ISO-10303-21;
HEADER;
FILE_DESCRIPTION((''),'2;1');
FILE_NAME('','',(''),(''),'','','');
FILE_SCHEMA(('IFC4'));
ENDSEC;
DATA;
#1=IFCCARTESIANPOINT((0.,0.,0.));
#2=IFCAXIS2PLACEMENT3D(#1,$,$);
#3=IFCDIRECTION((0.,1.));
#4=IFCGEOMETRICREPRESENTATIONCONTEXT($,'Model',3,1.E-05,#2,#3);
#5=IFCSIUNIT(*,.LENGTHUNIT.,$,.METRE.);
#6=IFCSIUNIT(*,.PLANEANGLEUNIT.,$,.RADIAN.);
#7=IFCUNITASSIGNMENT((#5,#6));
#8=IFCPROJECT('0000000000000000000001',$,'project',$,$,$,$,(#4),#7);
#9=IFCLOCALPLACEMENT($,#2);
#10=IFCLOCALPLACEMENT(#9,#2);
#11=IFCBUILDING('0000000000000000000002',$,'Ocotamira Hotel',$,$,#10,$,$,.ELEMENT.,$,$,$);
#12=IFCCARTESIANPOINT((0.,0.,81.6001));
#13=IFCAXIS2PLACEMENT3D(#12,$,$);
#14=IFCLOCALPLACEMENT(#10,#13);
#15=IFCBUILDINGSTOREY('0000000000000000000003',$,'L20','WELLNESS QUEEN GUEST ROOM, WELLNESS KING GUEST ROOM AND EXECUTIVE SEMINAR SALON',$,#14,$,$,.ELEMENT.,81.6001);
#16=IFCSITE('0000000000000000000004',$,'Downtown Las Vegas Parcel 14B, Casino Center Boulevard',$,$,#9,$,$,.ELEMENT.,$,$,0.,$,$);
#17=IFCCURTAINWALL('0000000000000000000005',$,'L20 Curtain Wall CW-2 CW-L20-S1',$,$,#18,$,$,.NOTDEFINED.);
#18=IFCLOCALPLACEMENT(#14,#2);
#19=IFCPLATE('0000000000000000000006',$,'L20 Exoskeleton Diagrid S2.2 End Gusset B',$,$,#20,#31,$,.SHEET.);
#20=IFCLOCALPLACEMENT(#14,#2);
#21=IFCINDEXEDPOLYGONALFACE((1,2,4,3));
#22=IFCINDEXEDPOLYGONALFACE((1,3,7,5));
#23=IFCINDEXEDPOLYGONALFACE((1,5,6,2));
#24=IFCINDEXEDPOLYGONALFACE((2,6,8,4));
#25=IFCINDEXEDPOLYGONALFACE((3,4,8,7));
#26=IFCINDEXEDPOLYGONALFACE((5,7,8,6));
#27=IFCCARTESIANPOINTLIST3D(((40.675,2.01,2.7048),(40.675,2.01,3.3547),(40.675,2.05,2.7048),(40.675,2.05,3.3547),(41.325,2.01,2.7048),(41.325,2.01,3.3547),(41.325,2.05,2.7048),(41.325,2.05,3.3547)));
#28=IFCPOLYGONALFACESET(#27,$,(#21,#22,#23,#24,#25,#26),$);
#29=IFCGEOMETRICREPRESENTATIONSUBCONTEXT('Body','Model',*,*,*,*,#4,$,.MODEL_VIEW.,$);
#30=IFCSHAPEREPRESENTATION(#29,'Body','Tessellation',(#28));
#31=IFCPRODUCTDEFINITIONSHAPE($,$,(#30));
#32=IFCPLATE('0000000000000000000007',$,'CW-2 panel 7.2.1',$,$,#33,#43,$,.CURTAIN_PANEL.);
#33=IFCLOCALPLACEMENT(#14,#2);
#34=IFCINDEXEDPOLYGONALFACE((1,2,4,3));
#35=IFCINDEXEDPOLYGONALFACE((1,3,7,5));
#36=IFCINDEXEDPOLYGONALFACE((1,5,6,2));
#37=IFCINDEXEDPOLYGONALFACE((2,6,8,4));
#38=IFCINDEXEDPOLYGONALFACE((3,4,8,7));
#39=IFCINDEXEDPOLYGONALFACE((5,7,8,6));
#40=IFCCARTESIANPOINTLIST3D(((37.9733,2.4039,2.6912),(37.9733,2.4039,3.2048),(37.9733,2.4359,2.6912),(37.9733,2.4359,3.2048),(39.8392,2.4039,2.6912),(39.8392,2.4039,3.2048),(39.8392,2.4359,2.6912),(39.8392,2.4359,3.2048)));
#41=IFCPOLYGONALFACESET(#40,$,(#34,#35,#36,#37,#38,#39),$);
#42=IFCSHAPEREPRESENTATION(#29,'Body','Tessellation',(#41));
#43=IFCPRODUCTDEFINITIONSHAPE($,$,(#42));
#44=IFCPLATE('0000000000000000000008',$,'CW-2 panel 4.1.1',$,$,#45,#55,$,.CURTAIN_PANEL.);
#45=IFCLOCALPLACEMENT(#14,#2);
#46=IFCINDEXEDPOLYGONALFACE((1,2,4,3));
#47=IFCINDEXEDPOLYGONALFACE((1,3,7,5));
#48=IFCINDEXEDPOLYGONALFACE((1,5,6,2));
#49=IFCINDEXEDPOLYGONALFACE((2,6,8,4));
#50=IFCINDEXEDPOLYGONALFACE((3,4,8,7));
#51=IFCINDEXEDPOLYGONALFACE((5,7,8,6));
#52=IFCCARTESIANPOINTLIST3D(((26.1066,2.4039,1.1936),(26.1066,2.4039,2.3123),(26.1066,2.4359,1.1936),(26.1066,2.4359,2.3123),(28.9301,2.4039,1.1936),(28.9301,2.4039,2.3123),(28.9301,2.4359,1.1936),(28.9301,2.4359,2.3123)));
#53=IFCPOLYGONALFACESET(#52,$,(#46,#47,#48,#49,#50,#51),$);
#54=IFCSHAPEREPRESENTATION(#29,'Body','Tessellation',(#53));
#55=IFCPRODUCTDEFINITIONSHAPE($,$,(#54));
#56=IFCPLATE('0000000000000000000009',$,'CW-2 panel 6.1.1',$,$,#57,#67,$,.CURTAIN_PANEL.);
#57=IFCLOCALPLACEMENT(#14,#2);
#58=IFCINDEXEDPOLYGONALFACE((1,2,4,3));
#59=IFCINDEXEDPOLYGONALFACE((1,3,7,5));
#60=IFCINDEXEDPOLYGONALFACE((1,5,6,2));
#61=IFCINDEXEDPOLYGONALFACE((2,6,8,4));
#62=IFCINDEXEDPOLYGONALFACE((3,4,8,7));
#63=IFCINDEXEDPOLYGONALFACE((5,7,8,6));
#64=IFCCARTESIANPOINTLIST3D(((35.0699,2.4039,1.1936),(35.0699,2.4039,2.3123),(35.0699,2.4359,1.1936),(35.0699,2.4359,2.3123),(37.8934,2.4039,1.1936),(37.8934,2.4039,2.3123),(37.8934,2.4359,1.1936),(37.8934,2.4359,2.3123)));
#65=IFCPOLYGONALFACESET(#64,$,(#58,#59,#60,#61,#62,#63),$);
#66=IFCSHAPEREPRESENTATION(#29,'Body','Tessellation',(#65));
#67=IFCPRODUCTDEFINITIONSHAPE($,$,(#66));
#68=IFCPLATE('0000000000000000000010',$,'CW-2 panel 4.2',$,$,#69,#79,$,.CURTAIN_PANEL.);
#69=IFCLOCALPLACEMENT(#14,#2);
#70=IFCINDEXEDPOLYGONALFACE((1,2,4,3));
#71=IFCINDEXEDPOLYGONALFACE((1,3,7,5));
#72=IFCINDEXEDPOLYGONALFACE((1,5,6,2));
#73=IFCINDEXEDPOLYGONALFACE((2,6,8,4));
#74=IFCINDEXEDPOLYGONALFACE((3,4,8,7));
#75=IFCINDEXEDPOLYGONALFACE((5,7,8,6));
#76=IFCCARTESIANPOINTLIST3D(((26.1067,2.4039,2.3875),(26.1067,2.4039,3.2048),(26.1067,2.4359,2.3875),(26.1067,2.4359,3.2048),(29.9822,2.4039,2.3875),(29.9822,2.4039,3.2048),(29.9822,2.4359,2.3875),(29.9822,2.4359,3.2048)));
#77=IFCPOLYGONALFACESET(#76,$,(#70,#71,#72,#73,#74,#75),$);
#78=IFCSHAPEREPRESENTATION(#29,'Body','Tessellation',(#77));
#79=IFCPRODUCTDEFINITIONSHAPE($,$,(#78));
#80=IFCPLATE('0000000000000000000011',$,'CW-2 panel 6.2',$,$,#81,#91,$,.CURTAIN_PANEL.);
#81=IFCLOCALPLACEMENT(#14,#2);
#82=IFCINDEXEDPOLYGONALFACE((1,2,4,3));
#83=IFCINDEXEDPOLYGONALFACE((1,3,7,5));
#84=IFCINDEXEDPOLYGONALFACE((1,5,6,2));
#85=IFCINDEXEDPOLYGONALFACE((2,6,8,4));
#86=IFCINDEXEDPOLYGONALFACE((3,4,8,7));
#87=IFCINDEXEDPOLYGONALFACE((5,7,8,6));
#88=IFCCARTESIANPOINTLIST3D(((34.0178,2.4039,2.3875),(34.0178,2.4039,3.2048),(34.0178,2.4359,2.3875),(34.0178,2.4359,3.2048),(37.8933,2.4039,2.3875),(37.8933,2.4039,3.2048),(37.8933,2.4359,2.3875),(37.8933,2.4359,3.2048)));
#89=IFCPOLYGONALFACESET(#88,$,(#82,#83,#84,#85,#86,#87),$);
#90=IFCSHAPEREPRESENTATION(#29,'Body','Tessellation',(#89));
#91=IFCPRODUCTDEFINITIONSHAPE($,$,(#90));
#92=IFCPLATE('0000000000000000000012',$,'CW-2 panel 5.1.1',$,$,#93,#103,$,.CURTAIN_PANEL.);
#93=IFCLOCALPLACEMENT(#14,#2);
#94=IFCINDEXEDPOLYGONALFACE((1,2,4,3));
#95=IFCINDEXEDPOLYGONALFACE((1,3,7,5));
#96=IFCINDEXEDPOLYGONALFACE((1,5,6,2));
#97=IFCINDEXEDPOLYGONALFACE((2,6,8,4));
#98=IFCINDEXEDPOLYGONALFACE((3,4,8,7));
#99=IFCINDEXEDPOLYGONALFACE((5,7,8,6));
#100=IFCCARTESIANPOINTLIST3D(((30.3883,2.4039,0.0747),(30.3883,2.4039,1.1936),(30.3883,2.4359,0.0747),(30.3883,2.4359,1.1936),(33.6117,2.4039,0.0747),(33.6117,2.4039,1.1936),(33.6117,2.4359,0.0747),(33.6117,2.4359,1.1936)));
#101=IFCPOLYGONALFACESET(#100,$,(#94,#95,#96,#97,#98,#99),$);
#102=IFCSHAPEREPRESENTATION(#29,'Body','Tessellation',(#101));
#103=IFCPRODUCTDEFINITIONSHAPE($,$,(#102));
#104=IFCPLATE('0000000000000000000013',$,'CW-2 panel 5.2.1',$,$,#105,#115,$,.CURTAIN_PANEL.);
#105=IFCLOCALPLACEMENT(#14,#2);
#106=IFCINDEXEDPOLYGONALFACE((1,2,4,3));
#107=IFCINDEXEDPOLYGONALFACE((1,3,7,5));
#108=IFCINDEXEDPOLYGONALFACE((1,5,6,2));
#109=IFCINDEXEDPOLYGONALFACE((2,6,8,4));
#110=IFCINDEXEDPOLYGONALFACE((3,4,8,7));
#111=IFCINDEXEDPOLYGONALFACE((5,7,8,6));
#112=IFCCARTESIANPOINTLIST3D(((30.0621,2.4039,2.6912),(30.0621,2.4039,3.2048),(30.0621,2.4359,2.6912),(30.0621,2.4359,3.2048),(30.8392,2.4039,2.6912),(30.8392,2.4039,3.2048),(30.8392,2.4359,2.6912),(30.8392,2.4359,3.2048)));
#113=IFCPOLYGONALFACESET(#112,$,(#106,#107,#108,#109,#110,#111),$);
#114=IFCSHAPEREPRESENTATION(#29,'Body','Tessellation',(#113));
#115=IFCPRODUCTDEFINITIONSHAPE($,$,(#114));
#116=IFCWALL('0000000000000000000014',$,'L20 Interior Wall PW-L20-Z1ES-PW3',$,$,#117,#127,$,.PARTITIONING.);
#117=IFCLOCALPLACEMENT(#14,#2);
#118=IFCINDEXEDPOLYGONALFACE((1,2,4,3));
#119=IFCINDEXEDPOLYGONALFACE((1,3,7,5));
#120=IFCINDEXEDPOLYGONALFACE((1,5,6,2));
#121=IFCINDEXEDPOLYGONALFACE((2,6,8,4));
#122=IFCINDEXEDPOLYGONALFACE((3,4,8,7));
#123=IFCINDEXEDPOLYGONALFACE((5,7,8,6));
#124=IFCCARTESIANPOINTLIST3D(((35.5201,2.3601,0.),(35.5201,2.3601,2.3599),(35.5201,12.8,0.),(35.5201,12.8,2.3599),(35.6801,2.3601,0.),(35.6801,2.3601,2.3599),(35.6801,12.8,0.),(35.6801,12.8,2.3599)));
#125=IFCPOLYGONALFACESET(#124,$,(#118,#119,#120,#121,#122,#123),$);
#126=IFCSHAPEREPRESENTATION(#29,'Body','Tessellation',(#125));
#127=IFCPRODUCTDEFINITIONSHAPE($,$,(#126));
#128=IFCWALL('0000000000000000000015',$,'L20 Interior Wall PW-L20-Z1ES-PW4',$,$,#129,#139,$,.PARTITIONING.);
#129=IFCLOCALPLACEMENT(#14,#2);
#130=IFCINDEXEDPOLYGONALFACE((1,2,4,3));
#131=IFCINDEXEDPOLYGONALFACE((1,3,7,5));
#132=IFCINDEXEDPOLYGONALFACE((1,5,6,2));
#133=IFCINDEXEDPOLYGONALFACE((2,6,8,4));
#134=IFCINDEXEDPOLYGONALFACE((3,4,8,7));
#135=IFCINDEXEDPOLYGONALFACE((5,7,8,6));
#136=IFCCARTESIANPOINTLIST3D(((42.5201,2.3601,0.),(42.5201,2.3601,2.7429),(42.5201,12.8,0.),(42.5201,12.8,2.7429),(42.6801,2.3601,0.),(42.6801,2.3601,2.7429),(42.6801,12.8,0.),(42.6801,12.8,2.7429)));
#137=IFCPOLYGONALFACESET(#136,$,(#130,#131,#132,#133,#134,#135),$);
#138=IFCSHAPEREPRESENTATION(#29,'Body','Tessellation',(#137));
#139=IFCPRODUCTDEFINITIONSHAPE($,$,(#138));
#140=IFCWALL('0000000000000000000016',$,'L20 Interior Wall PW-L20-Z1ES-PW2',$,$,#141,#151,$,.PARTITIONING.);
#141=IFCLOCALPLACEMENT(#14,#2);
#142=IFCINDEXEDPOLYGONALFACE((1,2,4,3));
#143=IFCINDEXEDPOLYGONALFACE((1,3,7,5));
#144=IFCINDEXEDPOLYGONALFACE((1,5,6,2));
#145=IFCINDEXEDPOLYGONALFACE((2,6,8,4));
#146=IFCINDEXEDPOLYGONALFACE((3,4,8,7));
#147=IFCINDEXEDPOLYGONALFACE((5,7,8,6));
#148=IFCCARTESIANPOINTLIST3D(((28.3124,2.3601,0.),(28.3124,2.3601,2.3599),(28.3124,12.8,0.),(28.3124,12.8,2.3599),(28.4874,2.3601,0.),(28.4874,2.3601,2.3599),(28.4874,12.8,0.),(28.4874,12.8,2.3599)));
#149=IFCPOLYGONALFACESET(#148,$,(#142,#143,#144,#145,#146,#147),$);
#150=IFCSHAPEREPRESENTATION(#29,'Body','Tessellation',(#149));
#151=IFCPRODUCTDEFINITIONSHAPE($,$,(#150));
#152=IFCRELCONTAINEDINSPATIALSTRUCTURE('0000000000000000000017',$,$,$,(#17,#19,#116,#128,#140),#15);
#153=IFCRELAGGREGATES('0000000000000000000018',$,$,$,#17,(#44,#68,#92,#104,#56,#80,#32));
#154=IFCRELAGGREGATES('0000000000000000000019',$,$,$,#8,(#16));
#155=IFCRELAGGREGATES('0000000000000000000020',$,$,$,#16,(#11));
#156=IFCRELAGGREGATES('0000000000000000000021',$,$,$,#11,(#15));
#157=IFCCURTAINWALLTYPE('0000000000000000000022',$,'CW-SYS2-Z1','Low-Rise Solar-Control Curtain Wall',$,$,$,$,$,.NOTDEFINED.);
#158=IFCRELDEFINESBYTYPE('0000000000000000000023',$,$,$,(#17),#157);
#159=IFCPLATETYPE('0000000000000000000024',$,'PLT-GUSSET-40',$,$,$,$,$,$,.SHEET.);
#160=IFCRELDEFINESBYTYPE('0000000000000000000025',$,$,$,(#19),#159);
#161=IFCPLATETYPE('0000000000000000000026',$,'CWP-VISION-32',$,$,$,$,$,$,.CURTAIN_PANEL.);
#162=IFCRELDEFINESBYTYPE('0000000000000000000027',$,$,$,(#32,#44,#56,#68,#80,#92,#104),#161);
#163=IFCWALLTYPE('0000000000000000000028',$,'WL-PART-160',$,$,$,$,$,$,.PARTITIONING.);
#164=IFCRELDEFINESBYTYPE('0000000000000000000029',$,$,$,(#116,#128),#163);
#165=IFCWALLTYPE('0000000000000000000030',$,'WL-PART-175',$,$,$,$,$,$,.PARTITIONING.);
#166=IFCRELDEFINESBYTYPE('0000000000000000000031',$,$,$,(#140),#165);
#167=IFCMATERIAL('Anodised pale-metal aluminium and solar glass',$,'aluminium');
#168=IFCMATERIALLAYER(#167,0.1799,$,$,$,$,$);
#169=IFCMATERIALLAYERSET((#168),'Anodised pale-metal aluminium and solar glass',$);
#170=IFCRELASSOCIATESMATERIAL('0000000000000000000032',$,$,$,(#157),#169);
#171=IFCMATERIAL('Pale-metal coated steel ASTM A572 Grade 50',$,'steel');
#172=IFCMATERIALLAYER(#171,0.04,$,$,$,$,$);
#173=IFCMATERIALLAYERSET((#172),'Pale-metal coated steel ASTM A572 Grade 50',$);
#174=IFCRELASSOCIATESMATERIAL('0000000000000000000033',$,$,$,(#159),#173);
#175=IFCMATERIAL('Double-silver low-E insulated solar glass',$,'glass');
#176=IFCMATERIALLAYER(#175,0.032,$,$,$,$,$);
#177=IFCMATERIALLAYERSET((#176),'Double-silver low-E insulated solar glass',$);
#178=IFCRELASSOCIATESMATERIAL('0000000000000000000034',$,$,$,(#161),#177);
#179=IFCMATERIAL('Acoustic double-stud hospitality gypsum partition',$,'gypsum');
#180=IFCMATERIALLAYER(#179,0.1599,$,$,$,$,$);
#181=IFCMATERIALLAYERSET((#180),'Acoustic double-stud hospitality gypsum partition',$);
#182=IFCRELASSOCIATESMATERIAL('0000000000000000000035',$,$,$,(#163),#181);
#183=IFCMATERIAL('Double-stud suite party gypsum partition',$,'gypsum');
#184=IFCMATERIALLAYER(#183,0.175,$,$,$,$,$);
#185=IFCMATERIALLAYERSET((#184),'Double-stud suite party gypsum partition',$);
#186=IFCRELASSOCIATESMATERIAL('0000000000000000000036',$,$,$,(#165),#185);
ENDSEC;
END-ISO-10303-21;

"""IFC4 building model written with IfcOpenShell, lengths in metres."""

from ifc_helpers import new_model, si_unit, direction, frame, frame_2d, origin, origin_2d, place, context, subcontext, project, spatial, rectangle, extrude, source, transform, mapped, material, layer, layer_set, type_object, element, aggregate, save


model = new_model("IFC4")

# Units and contexts
model_context = context("Model", 3, precision=1e-05, world=origin(), true_north=direction((0.0, 1.0)))
body_context = subcontext(model_context, "Body", "Model", "MODEL_VIEW")
ifc_project = project(units=[si_unit("LENGTHUNIT", "METRE"), si_unit("PLANEANGLEUNIT", "RADIAN")], contexts=[model_context])

# Site, building, storey
site_placement = place(None, origin())
site = spatial("IfcSite", under=ifc_project, at=site_placement, Name="Downtown Las Vegas Parcel 14B, Casino Center Boulevard", CompositionType="ELEMENT", RefElevation=0.0)
building_placement = place(site_placement, origin())
building = spatial("IfcBuilding", under=site, at=building_placement, Name="Ocotamira Hotel", CompositionType="ELEMENT")
storey_placement = place(building_placement, frame((0.0, 0.0, 81.6001)))
storey = spatial("IfcBuildingStorey", under=building, at=storey_placement, Name="L20", Description="WELLNESS QUEEN GUEST ROOM, WELLNESS KING GUEST ROOM AND EXECUTIVE SEMINAR SALON", CompositionType="ELEMENT", Elevation=81.6001)

# Curtain wall
ifc_material_1 = material(Name="Anodised pale-metal aluminium and solar glass", Category="aluminium")
ifc_layer_1 = layer(ifc_material_1, 0.1799)
ifc_layer_set_1 = layer_set([ifc_layer_1], Name="Anodised pale-metal aluminium and solar glass")
curtain_wall_type = type_object("IfcCurtainWallType", Name="CW-SYS2-Z1", Description="Low-Rise Solar-Control Curtain Wall", PredefinedType="NOTDEFINED", material=ifc_layer_set_1)
curtain_wall_placement = place(storey_placement, origin())
curtain_wall = element("IfcCurtainWall", 1, at=curtain_wall_placement, inside=storey, type_object=curtain_wall_type, Name="L20 Curtain Wall CW-2 CW-L20-S1", PredefinedType="NOTDEFINED")

# Plate
ifc_material_2 = material(Name="Pale-metal coated steel ASTM A572 Grade 50", Category="steel")
ifc_layer_2 = layer(ifc_material_2, 0.04)
ifc_layer_set_2 = layer_set([ifc_layer_2], Name="Pale-metal coated steel ASTM A572 Grade 50")
plate_type_1 = type_object("IfcPlateType", Name="PLT-GUSSET-40", PredefinedType="SHEET", material=ifc_layer_set_2)
shared_shape_1 = source(origin(), body_context, "Body", "SweptSolid", [
    extrude(rectangle(XDim=0.6499, YDim=0.04, at=origin_2d()), origin(), (0.0, 0.0, 1.0), 0.6499),
])
for number, where, z_axis, x_axis, name in (
    (2, (41.0, 2.03, 2.7048), (0.0, 0.0, 1.0), (1.0, 0.0, 0.0), "L20 Exoskeleton Diagrid S2.2 End Gusset B"),
):
    element("IfcPlate", number, at=place(storey_placement, frame(where, z_axis=z_axis, x_axis=x_axis)), inside=storey, type_object=plate_type_1, Name=name, PredefinedType="SHEET", context=body_context, shape_type="MappedRepresentation", body=[
        mapped(shared_shape_1, transform((0.0, 0.0, 0.0), scale=1.0)),
    ])

# Plates
ifc_material_3 = material(Name="Double-silver low-E insulated solar glass", Category="glass")
ifc_layer_3 = layer(ifc_material_3, 0.032)
ifc_layer_set_3 = layer_set([ifc_layer_3], Name="Double-silver low-E insulated solar glass")
plate_type_2 = type_object("IfcPlateType", Name="CWP-VISION-32", PredefinedType="CURTAIN_PANEL", material=ifc_layer_set_3)
shared_shape_2 = source(origin(), body_context, "Body", "SweptSolid", [
    extrude(rectangle(XDim=1.866, YDim=0.032, at=origin_2d()), origin(), (0.0, 0.0, 1.0), 0.5137),
])
plate_1_placement = place(storey_placement, frame((38.9062, 2.4199, 2.6912), z_axis=(0.0, 0.0, 1.0), x_axis=(1.0, 0.0, 0.0)))
plate_1 = element("IfcPlate", 3, at=plate_1_placement, type_object=plate_type_2, Name="CW-2 panel 7.2.1", PredefinedType="CURTAIN_PANEL", context=body_context, shape_type="MappedRepresentation", body=[
    mapped(shared_shape_2, transform((0.0, 0.0, 0.0), scale=1.0)),
])
shared_shape_3 = source(origin(), body_context, "Body", "SweptSolid", [
    extrude(rectangle(XDim=2.8235, YDim=0.032, at=origin_2d()), origin(), (0.0, 0.0, 1.0), 1.1187),
])
plate_2_placement = place(storey_placement, frame((27.5183, 2.4199, 1.1936), z_axis=(0.0, 0.0, 1.0), x_axis=(1.0, 0.0, 0.0)))
plate_2 = element("IfcPlate", 4, at=plate_2_placement, type_object=plate_type_2, Name="CW-2 panel 4.1.1", PredefinedType="CURTAIN_PANEL", context=body_context, shape_type="MappedRepresentation", body=[
    mapped(shared_shape_3, transform((0.0, 0.0, 0.0), scale=1.0)),
])
plate_3_placement = place(storey_placement, frame((36.4817, 2.4199, 1.1936), z_axis=(0.0, 0.0, 1.0), x_axis=(1.0, 0.0, 0.0)))
plate_3 = element("IfcPlate", 5, at=plate_3_placement, type_object=plate_type_2, Name="CW-2 panel 6.1.1", PredefinedType="CURTAIN_PANEL", context=body_context, shape_type="MappedRepresentation", body=[
    mapped(shared_shape_3, transform((0.0, 0.0, 0.0), scale=1.0)),
])
shared_shape_4 = source(origin(), body_context, "Body", "SweptSolid", [
    extrude(rectangle(XDim=3.8755, YDim=0.032, at=origin_2d()), origin(), (0.0, 0.0, 1.0), 0.8174),
])
plate_4_placement = place(storey_placement, frame((28.0444, 2.4199, 2.3875), z_axis=(0.0, 0.0, 1.0), x_axis=(1.0, 0.0, 0.0)))
plate_4 = element("IfcPlate", 6, at=plate_4_placement, type_object=plate_type_2, Name="CW-2 panel 4.2", PredefinedType="CURTAIN_PANEL", context=body_context, shape_type="MappedRepresentation", body=[
    mapped(shared_shape_4, transform((0.0, 0.0, 0.0), scale=1.0)),
])
plate_5_placement = place(storey_placement, frame((35.9556, 2.4199, 2.3875), z_axis=(0.0, 0.0, 1.0), x_axis=(1.0, 0.0, 0.0)))
plate_5 = element("IfcPlate", 7, at=plate_5_placement, type_object=plate_type_2, Name="CW-2 panel 6.2", PredefinedType="CURTAIN_PANEL", context=body_context, shape_type="MappedRepresentation", body=[
    mapped(shared_shape_4, transform((0.0, 0.0, 0.0), scale=1.0)),
])
shared_shape_5 = source(origin(), body_context, "Body", "SweptSolid", [
    extrude(rectangle(XDim=3.2234, YDim=0.032, at=origin_2d()), origin(), (0.0, 0.0, 1.0), 1.1189),
])
plate_6_placement = place(storey_placement, frame((32.0, 2.4199, 0.0747), z_axis=(0.0, 0.0, 1.0), x_axis=(1.0, 0.0, 0.0)))
plate_6 = element("IfcPlate", 8, at=plate_6_placement, type_object=plate_type_2, Name="CW-2 panel 5.1.1", PredefinedType="CURTAIN_PANEL", context=body_context, shape_type="MappedRepresentation", body=[
    mapped(shared_shape_5, transform((0.0, 0.0, 0.0), scale=1.0)),
])
shared_shape_6 = source(origin(), body_context, "Body", "SweptSolid", [
    extrude(rectangle(XDim=0.7771, YDim=0.032, at=origin_2d()), origin(), (0.0, 0.0, 1.0), 0.5137),
])
plate_7_placement = place(storey_placement, frame((30.4507, 2.4199, 2.6912), z_axis=(0.0, 0.0, 1.0), x_axis=(1.0, 0.0, 0.0)))
plate_7 = element("IfcPlate", 9, at=plate_7_placement, type_object=plate_type_2, Name="CW-2 panel 5.2.1", PredefinedType="CURTAIN_PANEL", context=body_context, shape_type="MappedRepresentation", body=[
    mapped(shared_shape_6, transform((0.0, 0.0, 0.0), scale=1.0)),
])
aggregate(curtain_wall, [plate_2, plate_4, plate_6, plate_7, plate_3, plate_5, plate_1])

# Walls
ifc_material_4 = material(Name="Acoustic double-stud hospitality gypsum partition", Category="gypsum")
ifc_layer_4 = layer(ifc_material_4, 0.1599)
ifc_layer_set_4 = layer_set([ifc_layer_4], Name="Acoustic double-stud hospitality gypsum partition")
wall_type_1 = type_object("IfcWallType", Name="WL-PART-160", PredefinedType="PARTITIONING", material=ifc_layer_set_4)
wall_1_placement = place(storey_placement, frame((35.6001, 2.3601, 0.0), z_axis=(0.0, 0.0, 1.0), x_axis=(0.0, 1.0, 0.0)))
element("IfcWall", 10, at=wall_1_placement, inside=storey, type_object=wall_type_1, Name="L20 Interior Wall PW-L20-Z1ES-PW3", PredefinedType="PARTITIONING", context=body_context, shape_type="SweptSolid", body=[
    extrude(rectangle(XDim=10.4399, YDim=0.1599, at=frame_2d((5.22, 0.0))), origin(), (0.0, 0.0, 1.0), 2.3599),
])
wall_2_placement = place(storey_placement, frame((42.6001, 2.3601, 0.0), z_axis=(0.0, 0.0, 1.0), x_axis=(0.0, 1.0, 0.0)))
element("IfcWall", 11, at=wall_2_placement, inside=storey, type_object=wall_type_1, Name="L20 Interior Wall PW-L20-Z1ES-PW4", PredefinedType="PARTITIONING", context=body_context, shape_type="SweptSolid", body=[
    extrude(rectangle(XDim=10.4399, YDim=0.1599, at=frame_2d((5.22, 0.0))), origin(), (0.0, 0.0, 1.0), 2.7429),
])
ifc_material_5 = material(Name="Double-stud suite party gypsum partition", Category="gypsum")
ifc_layer_5 = layer(ifc_material_5, 0.175)
ifc_layer_set_5 = layer_set([ifc_layer_5], Name="Double-stud suite party gypsum partition")
wall_type_2 = type_object("IfcWallType", Name="WL-PART-175", PredefinedType="PARTITIONING", material=ifc_layer_set_5)
wall_3_placement = place(storey_placement, frame((28.3999, 2.3601, 0.0), z_axis=(0.0, 0.0, 1.0), x_axis=(0.0, 1.0, 0.0)))
element("IfcWall", 12, at=wall_3_placement, inside=storey, type_object=wall_type_2, Name="L20 Interior Wall PW-L20-Z1ES-PW2", PredefinedType="PARTITIONING", context=body_context, shape_type="SweptSolid", body=[
    extrude(rectangle(XDim=10.4399, YDim=0.175, at=frame_2d((5.22, 0.0))), origin(), (0.0, 0.0, 1.0), 2.3599),
])

save(model, "model.ifc")
